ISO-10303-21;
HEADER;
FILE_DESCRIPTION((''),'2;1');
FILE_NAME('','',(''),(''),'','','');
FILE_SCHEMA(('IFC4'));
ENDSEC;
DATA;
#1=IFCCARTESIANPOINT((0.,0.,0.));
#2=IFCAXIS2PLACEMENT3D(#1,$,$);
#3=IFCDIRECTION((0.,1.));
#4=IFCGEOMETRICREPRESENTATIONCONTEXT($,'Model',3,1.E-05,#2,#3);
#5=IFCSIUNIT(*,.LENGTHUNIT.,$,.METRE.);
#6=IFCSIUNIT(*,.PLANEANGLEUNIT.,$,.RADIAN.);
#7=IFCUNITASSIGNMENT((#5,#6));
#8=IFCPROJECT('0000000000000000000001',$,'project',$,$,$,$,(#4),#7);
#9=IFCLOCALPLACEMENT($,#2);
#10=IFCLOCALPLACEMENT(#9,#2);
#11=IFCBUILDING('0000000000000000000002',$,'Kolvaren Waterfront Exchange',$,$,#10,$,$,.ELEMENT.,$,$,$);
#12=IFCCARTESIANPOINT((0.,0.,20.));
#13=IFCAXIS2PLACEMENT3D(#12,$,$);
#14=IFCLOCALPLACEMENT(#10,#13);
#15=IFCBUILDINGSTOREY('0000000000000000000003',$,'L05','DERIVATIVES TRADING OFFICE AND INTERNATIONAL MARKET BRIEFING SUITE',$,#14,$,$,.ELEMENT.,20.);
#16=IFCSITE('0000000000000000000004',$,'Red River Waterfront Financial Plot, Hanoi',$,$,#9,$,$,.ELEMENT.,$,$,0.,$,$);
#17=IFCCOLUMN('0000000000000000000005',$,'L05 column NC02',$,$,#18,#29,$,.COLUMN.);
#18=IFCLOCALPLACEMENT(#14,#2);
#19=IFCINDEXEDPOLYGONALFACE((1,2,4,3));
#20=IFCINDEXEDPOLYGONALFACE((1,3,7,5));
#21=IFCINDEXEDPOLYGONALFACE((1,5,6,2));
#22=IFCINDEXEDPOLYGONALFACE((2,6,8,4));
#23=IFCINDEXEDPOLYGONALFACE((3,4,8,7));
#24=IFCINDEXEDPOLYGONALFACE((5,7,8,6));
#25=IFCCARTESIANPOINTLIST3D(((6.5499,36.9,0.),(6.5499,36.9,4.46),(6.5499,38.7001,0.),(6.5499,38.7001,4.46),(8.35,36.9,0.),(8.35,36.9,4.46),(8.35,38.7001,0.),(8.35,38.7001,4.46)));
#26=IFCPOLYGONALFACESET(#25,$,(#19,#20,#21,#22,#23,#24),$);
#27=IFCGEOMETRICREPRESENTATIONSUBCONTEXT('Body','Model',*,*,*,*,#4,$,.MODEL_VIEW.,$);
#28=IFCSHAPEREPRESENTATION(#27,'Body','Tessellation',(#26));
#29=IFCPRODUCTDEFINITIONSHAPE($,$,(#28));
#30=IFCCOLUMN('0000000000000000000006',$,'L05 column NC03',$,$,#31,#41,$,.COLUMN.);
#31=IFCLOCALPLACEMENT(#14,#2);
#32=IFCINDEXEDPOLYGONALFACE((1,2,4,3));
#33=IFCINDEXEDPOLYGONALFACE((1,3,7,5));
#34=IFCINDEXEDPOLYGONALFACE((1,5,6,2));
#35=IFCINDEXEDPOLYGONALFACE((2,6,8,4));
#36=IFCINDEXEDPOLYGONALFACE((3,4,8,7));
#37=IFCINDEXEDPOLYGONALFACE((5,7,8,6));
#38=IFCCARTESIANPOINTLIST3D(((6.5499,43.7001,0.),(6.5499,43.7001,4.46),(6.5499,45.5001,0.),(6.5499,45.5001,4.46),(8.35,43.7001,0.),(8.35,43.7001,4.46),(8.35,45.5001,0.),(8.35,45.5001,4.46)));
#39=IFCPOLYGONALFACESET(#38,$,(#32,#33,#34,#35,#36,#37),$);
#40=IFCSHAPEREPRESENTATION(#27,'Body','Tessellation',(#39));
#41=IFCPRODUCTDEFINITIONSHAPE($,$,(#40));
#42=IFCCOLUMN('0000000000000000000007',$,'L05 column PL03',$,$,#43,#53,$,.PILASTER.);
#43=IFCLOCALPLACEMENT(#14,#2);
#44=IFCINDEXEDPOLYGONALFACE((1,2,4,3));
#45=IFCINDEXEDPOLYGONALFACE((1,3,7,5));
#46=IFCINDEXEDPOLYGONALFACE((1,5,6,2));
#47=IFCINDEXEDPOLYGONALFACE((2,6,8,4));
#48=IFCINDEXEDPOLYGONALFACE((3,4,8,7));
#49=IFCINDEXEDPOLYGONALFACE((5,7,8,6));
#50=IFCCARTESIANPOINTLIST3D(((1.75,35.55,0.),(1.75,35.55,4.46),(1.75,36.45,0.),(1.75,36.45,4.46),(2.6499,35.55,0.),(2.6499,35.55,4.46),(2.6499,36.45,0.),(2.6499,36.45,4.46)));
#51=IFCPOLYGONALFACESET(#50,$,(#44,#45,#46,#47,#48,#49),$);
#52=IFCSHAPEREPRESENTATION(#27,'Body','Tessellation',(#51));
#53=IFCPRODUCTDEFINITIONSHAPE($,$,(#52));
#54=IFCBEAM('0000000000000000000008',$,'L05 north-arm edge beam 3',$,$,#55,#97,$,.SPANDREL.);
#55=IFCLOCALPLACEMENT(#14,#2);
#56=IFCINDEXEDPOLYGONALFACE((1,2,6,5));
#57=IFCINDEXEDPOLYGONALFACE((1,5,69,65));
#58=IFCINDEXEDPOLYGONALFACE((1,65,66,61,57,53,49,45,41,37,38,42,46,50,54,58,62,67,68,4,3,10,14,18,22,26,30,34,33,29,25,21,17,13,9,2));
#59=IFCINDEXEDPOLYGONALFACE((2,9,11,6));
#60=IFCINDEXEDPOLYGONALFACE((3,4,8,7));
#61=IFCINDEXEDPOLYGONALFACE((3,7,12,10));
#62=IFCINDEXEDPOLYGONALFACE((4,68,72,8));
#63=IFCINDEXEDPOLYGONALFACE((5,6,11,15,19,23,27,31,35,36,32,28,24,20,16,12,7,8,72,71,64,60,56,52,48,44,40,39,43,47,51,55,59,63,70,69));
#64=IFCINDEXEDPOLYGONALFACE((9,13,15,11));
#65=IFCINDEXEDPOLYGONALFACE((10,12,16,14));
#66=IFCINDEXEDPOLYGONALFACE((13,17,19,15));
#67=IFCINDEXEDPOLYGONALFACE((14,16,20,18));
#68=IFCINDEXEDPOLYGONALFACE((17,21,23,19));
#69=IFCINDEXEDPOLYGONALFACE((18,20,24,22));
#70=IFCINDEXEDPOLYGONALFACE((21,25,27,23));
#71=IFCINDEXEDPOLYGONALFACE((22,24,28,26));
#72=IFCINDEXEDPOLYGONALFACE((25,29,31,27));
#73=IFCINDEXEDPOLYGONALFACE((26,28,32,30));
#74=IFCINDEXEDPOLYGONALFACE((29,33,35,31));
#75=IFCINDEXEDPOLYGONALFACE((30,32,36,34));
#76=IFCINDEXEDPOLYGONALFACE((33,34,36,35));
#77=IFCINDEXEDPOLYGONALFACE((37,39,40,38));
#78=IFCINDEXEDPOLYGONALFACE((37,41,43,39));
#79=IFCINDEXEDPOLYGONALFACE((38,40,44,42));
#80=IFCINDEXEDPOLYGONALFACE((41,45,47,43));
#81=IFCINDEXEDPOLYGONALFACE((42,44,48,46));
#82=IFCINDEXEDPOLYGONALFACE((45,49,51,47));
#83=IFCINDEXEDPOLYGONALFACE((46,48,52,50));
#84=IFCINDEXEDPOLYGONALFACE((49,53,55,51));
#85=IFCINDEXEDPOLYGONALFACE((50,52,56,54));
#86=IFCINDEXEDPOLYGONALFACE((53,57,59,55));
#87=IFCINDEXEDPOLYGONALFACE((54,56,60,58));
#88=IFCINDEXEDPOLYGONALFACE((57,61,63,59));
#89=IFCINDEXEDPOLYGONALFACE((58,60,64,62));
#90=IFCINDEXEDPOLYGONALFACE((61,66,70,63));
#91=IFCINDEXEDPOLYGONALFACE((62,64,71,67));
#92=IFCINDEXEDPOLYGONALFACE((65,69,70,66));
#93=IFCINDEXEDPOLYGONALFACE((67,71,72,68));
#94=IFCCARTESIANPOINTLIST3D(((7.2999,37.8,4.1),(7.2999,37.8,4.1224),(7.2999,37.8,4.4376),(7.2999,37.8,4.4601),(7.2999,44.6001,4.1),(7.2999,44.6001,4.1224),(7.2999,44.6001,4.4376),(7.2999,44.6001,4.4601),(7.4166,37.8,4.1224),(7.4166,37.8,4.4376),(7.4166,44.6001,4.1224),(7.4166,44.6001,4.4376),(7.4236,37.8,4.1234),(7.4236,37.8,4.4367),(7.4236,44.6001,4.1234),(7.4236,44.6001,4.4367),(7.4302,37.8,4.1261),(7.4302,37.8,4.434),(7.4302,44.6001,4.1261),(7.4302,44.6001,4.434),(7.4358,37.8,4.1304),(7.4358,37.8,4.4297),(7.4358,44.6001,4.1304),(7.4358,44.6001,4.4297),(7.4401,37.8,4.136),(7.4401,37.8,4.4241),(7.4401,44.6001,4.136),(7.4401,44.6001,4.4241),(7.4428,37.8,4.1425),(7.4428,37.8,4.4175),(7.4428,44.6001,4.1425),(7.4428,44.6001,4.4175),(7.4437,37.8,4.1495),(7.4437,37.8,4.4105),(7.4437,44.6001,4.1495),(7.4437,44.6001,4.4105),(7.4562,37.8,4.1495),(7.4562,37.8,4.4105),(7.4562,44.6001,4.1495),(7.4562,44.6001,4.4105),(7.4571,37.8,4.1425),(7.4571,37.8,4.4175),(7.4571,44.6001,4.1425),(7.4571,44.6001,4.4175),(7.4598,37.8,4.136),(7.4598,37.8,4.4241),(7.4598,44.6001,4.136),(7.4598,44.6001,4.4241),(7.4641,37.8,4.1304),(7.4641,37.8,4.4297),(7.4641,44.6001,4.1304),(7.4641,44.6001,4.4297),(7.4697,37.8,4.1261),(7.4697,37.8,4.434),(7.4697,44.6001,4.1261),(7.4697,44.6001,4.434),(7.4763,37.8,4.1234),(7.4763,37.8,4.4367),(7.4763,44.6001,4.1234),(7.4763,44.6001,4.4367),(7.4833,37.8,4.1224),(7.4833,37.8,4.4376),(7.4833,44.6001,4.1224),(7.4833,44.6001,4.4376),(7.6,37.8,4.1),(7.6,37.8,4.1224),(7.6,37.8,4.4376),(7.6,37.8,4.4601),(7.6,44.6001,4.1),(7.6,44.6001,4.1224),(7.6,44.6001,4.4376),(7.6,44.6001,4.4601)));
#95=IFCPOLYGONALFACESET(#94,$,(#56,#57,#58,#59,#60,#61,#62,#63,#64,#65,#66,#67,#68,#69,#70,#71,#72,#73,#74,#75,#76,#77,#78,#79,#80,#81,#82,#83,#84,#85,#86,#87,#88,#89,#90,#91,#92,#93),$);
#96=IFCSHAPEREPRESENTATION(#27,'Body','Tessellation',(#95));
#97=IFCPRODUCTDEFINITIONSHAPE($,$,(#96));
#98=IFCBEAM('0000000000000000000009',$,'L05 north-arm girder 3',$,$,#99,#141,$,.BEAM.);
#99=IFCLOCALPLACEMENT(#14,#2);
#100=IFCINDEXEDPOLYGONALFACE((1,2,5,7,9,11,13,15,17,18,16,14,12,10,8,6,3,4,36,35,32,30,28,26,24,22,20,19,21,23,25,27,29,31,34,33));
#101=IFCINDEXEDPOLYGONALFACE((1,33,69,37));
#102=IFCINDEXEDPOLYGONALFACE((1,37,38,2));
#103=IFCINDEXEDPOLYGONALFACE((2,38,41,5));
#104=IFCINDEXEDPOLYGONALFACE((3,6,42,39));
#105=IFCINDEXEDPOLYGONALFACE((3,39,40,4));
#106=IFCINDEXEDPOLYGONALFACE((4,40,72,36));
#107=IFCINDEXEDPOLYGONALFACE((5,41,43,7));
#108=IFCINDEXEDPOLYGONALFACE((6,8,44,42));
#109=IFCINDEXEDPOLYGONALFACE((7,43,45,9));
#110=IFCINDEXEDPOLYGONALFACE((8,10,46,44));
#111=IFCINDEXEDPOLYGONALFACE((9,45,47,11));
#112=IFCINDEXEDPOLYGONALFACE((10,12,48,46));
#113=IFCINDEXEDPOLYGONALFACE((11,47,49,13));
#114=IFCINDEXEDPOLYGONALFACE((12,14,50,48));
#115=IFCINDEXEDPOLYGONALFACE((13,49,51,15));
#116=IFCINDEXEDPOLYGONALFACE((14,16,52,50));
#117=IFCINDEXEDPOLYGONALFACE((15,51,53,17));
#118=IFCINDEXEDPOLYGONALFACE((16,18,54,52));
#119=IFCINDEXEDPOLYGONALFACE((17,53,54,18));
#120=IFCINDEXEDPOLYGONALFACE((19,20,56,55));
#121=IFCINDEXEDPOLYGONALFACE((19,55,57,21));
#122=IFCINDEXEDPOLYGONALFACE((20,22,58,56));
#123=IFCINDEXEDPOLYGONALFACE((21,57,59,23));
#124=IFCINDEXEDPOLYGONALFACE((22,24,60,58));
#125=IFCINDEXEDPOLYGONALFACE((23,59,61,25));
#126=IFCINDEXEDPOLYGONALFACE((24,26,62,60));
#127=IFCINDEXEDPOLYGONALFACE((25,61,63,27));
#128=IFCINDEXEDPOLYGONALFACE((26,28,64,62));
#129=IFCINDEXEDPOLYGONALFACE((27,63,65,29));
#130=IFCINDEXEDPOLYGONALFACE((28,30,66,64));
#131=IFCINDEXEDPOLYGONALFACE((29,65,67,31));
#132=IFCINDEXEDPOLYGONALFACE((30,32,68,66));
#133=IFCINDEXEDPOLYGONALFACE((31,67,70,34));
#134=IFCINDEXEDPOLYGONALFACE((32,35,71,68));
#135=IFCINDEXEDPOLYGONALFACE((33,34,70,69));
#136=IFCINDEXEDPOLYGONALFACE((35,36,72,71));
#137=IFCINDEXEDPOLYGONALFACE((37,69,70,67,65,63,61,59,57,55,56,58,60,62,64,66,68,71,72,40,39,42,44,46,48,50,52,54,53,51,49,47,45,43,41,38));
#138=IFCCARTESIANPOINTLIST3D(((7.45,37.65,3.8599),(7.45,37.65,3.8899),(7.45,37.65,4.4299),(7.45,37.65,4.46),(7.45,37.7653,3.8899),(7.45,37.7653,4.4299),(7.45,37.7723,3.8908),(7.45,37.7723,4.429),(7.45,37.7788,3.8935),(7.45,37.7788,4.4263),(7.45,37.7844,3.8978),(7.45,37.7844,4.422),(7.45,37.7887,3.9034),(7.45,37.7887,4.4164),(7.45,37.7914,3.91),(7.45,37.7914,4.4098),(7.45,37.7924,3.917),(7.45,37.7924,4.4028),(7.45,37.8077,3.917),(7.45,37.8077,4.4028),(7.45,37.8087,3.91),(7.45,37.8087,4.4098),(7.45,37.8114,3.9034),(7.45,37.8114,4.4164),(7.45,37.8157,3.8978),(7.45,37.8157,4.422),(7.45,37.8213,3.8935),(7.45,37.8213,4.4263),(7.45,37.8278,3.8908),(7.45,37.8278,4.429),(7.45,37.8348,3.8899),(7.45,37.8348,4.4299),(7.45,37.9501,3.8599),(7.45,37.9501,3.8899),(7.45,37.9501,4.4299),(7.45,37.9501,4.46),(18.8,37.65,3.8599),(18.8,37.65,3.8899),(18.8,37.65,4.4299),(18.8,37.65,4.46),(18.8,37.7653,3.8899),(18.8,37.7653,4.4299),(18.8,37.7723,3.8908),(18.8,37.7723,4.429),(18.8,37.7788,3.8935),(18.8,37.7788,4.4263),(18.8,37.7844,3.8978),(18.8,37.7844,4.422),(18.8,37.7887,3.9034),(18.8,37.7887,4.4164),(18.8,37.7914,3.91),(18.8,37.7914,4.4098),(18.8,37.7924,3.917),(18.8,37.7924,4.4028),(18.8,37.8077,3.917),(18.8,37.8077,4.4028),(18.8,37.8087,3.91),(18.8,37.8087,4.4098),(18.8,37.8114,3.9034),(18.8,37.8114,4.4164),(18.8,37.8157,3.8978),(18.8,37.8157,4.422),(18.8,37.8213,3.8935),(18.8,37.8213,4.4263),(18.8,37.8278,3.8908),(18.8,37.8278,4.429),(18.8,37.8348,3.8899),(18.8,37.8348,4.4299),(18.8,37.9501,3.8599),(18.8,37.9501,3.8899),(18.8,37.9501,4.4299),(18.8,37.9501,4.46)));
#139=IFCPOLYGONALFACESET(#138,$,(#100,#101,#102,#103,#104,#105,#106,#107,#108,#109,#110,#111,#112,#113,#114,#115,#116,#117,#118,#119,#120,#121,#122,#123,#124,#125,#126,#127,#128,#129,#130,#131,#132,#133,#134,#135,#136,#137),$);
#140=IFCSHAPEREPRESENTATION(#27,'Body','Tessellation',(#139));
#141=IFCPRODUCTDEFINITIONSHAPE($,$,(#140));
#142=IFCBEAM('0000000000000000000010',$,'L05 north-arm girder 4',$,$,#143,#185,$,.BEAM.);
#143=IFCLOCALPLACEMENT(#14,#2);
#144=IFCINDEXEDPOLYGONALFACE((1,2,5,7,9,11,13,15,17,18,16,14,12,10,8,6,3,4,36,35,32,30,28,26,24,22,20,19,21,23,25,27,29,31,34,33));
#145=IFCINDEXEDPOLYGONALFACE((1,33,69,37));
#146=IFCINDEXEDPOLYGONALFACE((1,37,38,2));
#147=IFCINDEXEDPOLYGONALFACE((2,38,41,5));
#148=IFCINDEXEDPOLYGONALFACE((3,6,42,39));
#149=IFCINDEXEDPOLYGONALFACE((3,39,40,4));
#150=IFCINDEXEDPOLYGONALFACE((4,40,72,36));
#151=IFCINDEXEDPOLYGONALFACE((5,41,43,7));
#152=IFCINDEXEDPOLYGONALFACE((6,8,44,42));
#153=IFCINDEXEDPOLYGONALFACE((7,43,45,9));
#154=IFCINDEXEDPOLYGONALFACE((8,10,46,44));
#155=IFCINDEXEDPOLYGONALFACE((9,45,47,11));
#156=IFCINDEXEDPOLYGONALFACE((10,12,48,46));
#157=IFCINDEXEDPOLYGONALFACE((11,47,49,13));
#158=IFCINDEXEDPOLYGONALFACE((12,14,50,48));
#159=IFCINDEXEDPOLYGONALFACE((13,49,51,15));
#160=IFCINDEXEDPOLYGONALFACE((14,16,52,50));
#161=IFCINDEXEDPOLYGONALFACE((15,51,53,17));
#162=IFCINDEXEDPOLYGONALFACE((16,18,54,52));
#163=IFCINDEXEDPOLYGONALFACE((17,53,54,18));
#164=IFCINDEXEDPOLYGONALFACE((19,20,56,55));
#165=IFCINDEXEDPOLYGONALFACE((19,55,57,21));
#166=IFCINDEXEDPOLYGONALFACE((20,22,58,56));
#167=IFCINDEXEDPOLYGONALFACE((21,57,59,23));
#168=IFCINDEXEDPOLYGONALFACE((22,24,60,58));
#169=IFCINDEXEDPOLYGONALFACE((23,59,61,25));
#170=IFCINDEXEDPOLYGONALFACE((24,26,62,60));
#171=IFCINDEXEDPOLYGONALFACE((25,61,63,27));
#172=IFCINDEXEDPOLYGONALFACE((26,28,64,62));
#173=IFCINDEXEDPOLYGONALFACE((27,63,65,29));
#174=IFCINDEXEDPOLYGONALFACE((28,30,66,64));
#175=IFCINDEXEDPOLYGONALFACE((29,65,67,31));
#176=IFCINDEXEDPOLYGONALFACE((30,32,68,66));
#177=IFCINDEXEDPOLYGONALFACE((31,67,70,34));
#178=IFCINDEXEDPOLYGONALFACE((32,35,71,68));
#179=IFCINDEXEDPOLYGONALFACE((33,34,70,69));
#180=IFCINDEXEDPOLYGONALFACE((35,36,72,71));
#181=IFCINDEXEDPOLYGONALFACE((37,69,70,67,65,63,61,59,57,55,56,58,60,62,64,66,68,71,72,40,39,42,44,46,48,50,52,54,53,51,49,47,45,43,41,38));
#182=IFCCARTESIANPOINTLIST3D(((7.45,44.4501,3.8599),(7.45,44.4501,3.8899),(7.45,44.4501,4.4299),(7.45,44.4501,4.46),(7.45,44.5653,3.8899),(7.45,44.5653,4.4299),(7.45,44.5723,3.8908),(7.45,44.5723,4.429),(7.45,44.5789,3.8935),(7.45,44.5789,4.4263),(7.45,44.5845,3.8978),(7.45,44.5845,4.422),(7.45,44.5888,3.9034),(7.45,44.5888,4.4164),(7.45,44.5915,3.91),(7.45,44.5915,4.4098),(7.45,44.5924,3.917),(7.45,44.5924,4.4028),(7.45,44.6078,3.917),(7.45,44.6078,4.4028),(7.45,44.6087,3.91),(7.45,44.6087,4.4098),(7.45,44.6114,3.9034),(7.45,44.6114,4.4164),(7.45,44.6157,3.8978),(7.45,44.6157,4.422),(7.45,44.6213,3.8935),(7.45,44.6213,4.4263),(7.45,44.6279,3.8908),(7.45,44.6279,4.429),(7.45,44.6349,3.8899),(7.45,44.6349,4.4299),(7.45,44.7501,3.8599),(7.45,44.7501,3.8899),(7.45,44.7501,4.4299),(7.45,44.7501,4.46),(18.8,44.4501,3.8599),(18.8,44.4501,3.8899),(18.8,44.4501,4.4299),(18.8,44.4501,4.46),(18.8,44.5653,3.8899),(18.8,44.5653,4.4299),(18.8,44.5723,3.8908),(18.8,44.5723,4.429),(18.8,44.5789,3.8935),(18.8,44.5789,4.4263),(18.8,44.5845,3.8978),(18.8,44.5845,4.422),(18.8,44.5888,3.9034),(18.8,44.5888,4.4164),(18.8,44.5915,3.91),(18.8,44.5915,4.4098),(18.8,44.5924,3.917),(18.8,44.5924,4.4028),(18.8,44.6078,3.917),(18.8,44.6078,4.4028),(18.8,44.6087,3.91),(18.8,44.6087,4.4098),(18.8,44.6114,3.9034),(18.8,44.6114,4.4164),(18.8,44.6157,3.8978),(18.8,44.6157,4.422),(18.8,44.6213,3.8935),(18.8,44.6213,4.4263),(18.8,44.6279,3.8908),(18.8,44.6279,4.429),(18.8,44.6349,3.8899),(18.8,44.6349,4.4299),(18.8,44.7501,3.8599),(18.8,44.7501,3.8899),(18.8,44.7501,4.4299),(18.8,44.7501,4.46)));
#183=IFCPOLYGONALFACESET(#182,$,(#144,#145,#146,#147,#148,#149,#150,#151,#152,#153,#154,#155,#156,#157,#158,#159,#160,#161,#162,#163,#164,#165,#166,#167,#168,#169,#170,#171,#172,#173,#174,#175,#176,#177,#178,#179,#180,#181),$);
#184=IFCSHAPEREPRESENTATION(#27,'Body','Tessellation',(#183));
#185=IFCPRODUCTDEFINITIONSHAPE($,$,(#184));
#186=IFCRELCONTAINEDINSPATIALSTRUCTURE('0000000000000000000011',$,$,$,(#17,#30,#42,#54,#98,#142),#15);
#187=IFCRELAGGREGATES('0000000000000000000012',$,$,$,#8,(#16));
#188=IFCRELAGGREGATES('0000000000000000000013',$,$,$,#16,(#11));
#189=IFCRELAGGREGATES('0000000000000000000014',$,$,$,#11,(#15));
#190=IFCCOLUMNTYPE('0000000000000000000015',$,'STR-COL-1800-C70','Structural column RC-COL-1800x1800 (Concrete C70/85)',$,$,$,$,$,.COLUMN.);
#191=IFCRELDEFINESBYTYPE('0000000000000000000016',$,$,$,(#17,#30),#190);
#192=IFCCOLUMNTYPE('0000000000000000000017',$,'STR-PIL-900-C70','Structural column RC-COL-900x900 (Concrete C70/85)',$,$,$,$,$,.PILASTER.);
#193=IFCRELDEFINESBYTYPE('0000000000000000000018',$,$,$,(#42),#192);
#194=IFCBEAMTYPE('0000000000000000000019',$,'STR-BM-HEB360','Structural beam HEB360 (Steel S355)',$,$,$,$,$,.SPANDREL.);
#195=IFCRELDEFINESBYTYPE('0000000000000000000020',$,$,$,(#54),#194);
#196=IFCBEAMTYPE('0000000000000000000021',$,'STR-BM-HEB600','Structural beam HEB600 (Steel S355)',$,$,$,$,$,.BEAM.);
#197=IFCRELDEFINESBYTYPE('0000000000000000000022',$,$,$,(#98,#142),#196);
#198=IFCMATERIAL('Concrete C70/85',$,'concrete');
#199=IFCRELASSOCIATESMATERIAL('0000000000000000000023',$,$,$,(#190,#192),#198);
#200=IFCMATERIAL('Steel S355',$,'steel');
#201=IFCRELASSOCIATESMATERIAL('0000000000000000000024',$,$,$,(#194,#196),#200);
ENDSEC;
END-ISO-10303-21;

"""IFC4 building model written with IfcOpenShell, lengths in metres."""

from ifc_helpers import new_model, si_unit, direction, frame, origin, origin_2d, place, context, subcontext, project, spatial, rectangle, i_section, extrude, material, material_profile, profile_set, type_object, element, save


model = new_model("IFC4")

# Units and contexts
model_context = context("Model", 3, precision=1e-05, world=origin(), true_north=direction((0.0, 1.0)))
body_context = subcontext(model_context, "Body", "Model", "MODEL_VIEW")
ifc_project = project(units=[si_unit("LENGTHUNIT", "METRE"), si_unit("PLANEANGLEUNIT", "RADIAN")], contexts=[model_context])

# Site, building, storey
site_placement = place(None, origin())
site = spatial("IfcSite", under=ifc_project, at=site_placement, Name="Red River Waterfront Financial Plot, Hanoi", CompositionType="ELEMENT", RefElevation=0.0)
building_placement = place(site_placement, origin())
building = spatial("IfcBuilding", under=site, at=building_placement, Name="Kolvaren Waterfront Exchange", CompositionType="ELEMENT")
storey_placement = place(building_placement, frame((0.0, 0.0, 20.0)))
storey = spatial("IfcBuildingStorey", under=building, at=storey_placement, Name="L05", Description="DERIVATIVES TRADING OFFICE AND INTERNATIONAL MARKET BRIEFING SUITE", CompositionType="ELEMENT", Elevation=20.0)

# Columns
ifc_material_1 = material(Name="Concrete C70/85", Category="concrete")
ifc_material_profile_1 = material_profile(ifc_material_1, rectangle(XDim=1.8, YDim=1.8, at=origin_2d()), Name="RC-COL-1800x1800")
ifc_profile_set_1 = profile_set([ifc_material_profile_1], Name="Concrete C70/85")
column_type_1 = type_object("IfcColumnType", Name="STR-COL-1800-C70", Description="Structural column RC-COL-1800x1800 (Concrete C70/85)", PredefinedType="COLUMN", material=ifc_profile_set_1)
for number, where, z_axis, x_axis, name in (
    (1, (7.45, 37.8, 0.0), (0.0, 0.0, 1.0), (1.0, 0.0, 0.0), "L05 column NC02"),
    (2, (7.45, 44.6001, 0.0), (0.0, 0.0, 1.0), (1.0, 0.0, 0.0), "L05 column NC03"),
):
    element("IfcColumn", number, at=place(storey_placement, frame(where, z_axis=z_axis, x_axis=x_axis)), inside=storey, type_object=column_type_1, Name=name, PredefinedType="COLUMN", context=body_context, shape_type="SweptSolid", body=[
        extrude(rectangle(XDim=1.8, YDim=1.8, at=origin_2d()), origin(), (0.0, 0.0, 1.0), 4.46),
    ])
ifc_material_profile_2 = material_profile(ifc_material_1, rectangle(XDim=0.8999, YDim=0.8999, at=origin_2d()), Name="RC-COL-900x900")
ifc_profile_set_2 = profile_set([ifc_material_profile_2], Name="Concrete C70/85")
column_type_2 = type_object("IfcColumnType", Name="STR-PIL-900-C70", Description="Structural column RC-COL-900x900 (Concrete C70/85)", PredefinedType="PILASTER", material=ifc_profile_set_2)
column_placement = place(storey_placement, frame((2.2, 36.0, 0.0), z_axis=(0.0, 0.0, 1.0), x_axis=(1.0, 0.0, 0.0)))
element("IfcColumn", 3, at=column_placement, inside=storey, type_object=column_type_2, Name="L05 column PL03", PredefinedType="PILASTER", context=body_context, shape_type="SweptSolid", body=[
    extrude(rectangle(XDim=0.8999, YDim=0.8999, at=origin_2d()), origin(), (0.0, 0.0, 1.0), 4.46),
])

# Beams
ifc_material_2 = material(Name="Steel S355", Category="steel")
ifc_material_profile_3 = material_profile(ifc_material_2, i_section(OverallWidth=0.3, OverallDepth=0.3601, WebThickness=0.0125, FlangeThickness=0.0225, FilletRadius=0.0271, at=origin_2d()), Name="HEB360")
ifc_profile_set_3 = profile_set([ifc_material_profile_3], Name="Steel S355")
beam_type_1 = type_object("IfcBeamType", Name="STR-BM-HEB360", Description="Structural beam HEB360 (Steel S355)", PredefinedType="SPANDREL", material=ifc_profile_set_3)
beam_placement = place(storey_placement, frame((7.45, 37.8, 4.28), z_axis=(0.0, 1.0, 0.0), x_axis=(-1.0, 0.0, 0.0)))
element("IfcBeam", 4, at=beam_placement, inside=storey, type_object=beam_type_1, Name="L05 north-arm edge beam 3", PredefinedType="SPANDREL", context=body_context, shape_type="SweptSolid", body=[
    extrude(i_section(OverallWidth=0.3, OverallDepth=0.3601, WebThickness=0.0125, FlangeThickness=0.0225, FilletRadius=0.0271, at=origin_2d()), origin(), (0.0, 0.0, 1.0), 6.8),
])
ifc_material_profile_4 = material_profile(ifc_material_2, i_section(OverallWidth=0.3, OverallDepth=0.6001, WebThickness=0.0154, FlangeThickness=0.03, FilletRadius=0.0271, at=origin_2d()), Name="HEB600")
ifc_profile_set_4 = profile_set([ifc_material_profile_4], Name="Steel S355")
beam_type_2 = type_object("IfcBeamType", Name="STR-BM-HEB600", Description="Structural beam HEB600 (Steel S355)", PredefinedType="BEAM", material=ifc_profile_set_4)
for number, where, z_axis, x_axis, name in (
    (5, (7.45, 37.8, 4.1599), (1.0, 0.0, 0.0), (0.0, 1.0, 0.0), "L05 north-arm girder 3"),
    (6, (7.45, 44.6001, 4.1599), (1.0, 0.0, 0.0), (0.0, 1.0, 0.0), "L05 north-arm girder 4"),
):
    element("IfcBeam", number, at=place(storey_placement, frame(where, z_axis=z_axis, x_axis=x_axis)), inside=storey, type_object=beam_type_2, Name=name, PredefinedType="BEAM", context=body_context, shape_type="SweptSolid", body=[
        extrude(i_section(OverallWidth=0.3, OverallDepth=0.6001, WebThickness=0.0154, FlangeThickness=0.03, FilletRadius=0.0271, at=origin_2d()), origin(), (0.0, 0.0, 1.0), 11.3501),
    ])

save(model, "model.ifc")
